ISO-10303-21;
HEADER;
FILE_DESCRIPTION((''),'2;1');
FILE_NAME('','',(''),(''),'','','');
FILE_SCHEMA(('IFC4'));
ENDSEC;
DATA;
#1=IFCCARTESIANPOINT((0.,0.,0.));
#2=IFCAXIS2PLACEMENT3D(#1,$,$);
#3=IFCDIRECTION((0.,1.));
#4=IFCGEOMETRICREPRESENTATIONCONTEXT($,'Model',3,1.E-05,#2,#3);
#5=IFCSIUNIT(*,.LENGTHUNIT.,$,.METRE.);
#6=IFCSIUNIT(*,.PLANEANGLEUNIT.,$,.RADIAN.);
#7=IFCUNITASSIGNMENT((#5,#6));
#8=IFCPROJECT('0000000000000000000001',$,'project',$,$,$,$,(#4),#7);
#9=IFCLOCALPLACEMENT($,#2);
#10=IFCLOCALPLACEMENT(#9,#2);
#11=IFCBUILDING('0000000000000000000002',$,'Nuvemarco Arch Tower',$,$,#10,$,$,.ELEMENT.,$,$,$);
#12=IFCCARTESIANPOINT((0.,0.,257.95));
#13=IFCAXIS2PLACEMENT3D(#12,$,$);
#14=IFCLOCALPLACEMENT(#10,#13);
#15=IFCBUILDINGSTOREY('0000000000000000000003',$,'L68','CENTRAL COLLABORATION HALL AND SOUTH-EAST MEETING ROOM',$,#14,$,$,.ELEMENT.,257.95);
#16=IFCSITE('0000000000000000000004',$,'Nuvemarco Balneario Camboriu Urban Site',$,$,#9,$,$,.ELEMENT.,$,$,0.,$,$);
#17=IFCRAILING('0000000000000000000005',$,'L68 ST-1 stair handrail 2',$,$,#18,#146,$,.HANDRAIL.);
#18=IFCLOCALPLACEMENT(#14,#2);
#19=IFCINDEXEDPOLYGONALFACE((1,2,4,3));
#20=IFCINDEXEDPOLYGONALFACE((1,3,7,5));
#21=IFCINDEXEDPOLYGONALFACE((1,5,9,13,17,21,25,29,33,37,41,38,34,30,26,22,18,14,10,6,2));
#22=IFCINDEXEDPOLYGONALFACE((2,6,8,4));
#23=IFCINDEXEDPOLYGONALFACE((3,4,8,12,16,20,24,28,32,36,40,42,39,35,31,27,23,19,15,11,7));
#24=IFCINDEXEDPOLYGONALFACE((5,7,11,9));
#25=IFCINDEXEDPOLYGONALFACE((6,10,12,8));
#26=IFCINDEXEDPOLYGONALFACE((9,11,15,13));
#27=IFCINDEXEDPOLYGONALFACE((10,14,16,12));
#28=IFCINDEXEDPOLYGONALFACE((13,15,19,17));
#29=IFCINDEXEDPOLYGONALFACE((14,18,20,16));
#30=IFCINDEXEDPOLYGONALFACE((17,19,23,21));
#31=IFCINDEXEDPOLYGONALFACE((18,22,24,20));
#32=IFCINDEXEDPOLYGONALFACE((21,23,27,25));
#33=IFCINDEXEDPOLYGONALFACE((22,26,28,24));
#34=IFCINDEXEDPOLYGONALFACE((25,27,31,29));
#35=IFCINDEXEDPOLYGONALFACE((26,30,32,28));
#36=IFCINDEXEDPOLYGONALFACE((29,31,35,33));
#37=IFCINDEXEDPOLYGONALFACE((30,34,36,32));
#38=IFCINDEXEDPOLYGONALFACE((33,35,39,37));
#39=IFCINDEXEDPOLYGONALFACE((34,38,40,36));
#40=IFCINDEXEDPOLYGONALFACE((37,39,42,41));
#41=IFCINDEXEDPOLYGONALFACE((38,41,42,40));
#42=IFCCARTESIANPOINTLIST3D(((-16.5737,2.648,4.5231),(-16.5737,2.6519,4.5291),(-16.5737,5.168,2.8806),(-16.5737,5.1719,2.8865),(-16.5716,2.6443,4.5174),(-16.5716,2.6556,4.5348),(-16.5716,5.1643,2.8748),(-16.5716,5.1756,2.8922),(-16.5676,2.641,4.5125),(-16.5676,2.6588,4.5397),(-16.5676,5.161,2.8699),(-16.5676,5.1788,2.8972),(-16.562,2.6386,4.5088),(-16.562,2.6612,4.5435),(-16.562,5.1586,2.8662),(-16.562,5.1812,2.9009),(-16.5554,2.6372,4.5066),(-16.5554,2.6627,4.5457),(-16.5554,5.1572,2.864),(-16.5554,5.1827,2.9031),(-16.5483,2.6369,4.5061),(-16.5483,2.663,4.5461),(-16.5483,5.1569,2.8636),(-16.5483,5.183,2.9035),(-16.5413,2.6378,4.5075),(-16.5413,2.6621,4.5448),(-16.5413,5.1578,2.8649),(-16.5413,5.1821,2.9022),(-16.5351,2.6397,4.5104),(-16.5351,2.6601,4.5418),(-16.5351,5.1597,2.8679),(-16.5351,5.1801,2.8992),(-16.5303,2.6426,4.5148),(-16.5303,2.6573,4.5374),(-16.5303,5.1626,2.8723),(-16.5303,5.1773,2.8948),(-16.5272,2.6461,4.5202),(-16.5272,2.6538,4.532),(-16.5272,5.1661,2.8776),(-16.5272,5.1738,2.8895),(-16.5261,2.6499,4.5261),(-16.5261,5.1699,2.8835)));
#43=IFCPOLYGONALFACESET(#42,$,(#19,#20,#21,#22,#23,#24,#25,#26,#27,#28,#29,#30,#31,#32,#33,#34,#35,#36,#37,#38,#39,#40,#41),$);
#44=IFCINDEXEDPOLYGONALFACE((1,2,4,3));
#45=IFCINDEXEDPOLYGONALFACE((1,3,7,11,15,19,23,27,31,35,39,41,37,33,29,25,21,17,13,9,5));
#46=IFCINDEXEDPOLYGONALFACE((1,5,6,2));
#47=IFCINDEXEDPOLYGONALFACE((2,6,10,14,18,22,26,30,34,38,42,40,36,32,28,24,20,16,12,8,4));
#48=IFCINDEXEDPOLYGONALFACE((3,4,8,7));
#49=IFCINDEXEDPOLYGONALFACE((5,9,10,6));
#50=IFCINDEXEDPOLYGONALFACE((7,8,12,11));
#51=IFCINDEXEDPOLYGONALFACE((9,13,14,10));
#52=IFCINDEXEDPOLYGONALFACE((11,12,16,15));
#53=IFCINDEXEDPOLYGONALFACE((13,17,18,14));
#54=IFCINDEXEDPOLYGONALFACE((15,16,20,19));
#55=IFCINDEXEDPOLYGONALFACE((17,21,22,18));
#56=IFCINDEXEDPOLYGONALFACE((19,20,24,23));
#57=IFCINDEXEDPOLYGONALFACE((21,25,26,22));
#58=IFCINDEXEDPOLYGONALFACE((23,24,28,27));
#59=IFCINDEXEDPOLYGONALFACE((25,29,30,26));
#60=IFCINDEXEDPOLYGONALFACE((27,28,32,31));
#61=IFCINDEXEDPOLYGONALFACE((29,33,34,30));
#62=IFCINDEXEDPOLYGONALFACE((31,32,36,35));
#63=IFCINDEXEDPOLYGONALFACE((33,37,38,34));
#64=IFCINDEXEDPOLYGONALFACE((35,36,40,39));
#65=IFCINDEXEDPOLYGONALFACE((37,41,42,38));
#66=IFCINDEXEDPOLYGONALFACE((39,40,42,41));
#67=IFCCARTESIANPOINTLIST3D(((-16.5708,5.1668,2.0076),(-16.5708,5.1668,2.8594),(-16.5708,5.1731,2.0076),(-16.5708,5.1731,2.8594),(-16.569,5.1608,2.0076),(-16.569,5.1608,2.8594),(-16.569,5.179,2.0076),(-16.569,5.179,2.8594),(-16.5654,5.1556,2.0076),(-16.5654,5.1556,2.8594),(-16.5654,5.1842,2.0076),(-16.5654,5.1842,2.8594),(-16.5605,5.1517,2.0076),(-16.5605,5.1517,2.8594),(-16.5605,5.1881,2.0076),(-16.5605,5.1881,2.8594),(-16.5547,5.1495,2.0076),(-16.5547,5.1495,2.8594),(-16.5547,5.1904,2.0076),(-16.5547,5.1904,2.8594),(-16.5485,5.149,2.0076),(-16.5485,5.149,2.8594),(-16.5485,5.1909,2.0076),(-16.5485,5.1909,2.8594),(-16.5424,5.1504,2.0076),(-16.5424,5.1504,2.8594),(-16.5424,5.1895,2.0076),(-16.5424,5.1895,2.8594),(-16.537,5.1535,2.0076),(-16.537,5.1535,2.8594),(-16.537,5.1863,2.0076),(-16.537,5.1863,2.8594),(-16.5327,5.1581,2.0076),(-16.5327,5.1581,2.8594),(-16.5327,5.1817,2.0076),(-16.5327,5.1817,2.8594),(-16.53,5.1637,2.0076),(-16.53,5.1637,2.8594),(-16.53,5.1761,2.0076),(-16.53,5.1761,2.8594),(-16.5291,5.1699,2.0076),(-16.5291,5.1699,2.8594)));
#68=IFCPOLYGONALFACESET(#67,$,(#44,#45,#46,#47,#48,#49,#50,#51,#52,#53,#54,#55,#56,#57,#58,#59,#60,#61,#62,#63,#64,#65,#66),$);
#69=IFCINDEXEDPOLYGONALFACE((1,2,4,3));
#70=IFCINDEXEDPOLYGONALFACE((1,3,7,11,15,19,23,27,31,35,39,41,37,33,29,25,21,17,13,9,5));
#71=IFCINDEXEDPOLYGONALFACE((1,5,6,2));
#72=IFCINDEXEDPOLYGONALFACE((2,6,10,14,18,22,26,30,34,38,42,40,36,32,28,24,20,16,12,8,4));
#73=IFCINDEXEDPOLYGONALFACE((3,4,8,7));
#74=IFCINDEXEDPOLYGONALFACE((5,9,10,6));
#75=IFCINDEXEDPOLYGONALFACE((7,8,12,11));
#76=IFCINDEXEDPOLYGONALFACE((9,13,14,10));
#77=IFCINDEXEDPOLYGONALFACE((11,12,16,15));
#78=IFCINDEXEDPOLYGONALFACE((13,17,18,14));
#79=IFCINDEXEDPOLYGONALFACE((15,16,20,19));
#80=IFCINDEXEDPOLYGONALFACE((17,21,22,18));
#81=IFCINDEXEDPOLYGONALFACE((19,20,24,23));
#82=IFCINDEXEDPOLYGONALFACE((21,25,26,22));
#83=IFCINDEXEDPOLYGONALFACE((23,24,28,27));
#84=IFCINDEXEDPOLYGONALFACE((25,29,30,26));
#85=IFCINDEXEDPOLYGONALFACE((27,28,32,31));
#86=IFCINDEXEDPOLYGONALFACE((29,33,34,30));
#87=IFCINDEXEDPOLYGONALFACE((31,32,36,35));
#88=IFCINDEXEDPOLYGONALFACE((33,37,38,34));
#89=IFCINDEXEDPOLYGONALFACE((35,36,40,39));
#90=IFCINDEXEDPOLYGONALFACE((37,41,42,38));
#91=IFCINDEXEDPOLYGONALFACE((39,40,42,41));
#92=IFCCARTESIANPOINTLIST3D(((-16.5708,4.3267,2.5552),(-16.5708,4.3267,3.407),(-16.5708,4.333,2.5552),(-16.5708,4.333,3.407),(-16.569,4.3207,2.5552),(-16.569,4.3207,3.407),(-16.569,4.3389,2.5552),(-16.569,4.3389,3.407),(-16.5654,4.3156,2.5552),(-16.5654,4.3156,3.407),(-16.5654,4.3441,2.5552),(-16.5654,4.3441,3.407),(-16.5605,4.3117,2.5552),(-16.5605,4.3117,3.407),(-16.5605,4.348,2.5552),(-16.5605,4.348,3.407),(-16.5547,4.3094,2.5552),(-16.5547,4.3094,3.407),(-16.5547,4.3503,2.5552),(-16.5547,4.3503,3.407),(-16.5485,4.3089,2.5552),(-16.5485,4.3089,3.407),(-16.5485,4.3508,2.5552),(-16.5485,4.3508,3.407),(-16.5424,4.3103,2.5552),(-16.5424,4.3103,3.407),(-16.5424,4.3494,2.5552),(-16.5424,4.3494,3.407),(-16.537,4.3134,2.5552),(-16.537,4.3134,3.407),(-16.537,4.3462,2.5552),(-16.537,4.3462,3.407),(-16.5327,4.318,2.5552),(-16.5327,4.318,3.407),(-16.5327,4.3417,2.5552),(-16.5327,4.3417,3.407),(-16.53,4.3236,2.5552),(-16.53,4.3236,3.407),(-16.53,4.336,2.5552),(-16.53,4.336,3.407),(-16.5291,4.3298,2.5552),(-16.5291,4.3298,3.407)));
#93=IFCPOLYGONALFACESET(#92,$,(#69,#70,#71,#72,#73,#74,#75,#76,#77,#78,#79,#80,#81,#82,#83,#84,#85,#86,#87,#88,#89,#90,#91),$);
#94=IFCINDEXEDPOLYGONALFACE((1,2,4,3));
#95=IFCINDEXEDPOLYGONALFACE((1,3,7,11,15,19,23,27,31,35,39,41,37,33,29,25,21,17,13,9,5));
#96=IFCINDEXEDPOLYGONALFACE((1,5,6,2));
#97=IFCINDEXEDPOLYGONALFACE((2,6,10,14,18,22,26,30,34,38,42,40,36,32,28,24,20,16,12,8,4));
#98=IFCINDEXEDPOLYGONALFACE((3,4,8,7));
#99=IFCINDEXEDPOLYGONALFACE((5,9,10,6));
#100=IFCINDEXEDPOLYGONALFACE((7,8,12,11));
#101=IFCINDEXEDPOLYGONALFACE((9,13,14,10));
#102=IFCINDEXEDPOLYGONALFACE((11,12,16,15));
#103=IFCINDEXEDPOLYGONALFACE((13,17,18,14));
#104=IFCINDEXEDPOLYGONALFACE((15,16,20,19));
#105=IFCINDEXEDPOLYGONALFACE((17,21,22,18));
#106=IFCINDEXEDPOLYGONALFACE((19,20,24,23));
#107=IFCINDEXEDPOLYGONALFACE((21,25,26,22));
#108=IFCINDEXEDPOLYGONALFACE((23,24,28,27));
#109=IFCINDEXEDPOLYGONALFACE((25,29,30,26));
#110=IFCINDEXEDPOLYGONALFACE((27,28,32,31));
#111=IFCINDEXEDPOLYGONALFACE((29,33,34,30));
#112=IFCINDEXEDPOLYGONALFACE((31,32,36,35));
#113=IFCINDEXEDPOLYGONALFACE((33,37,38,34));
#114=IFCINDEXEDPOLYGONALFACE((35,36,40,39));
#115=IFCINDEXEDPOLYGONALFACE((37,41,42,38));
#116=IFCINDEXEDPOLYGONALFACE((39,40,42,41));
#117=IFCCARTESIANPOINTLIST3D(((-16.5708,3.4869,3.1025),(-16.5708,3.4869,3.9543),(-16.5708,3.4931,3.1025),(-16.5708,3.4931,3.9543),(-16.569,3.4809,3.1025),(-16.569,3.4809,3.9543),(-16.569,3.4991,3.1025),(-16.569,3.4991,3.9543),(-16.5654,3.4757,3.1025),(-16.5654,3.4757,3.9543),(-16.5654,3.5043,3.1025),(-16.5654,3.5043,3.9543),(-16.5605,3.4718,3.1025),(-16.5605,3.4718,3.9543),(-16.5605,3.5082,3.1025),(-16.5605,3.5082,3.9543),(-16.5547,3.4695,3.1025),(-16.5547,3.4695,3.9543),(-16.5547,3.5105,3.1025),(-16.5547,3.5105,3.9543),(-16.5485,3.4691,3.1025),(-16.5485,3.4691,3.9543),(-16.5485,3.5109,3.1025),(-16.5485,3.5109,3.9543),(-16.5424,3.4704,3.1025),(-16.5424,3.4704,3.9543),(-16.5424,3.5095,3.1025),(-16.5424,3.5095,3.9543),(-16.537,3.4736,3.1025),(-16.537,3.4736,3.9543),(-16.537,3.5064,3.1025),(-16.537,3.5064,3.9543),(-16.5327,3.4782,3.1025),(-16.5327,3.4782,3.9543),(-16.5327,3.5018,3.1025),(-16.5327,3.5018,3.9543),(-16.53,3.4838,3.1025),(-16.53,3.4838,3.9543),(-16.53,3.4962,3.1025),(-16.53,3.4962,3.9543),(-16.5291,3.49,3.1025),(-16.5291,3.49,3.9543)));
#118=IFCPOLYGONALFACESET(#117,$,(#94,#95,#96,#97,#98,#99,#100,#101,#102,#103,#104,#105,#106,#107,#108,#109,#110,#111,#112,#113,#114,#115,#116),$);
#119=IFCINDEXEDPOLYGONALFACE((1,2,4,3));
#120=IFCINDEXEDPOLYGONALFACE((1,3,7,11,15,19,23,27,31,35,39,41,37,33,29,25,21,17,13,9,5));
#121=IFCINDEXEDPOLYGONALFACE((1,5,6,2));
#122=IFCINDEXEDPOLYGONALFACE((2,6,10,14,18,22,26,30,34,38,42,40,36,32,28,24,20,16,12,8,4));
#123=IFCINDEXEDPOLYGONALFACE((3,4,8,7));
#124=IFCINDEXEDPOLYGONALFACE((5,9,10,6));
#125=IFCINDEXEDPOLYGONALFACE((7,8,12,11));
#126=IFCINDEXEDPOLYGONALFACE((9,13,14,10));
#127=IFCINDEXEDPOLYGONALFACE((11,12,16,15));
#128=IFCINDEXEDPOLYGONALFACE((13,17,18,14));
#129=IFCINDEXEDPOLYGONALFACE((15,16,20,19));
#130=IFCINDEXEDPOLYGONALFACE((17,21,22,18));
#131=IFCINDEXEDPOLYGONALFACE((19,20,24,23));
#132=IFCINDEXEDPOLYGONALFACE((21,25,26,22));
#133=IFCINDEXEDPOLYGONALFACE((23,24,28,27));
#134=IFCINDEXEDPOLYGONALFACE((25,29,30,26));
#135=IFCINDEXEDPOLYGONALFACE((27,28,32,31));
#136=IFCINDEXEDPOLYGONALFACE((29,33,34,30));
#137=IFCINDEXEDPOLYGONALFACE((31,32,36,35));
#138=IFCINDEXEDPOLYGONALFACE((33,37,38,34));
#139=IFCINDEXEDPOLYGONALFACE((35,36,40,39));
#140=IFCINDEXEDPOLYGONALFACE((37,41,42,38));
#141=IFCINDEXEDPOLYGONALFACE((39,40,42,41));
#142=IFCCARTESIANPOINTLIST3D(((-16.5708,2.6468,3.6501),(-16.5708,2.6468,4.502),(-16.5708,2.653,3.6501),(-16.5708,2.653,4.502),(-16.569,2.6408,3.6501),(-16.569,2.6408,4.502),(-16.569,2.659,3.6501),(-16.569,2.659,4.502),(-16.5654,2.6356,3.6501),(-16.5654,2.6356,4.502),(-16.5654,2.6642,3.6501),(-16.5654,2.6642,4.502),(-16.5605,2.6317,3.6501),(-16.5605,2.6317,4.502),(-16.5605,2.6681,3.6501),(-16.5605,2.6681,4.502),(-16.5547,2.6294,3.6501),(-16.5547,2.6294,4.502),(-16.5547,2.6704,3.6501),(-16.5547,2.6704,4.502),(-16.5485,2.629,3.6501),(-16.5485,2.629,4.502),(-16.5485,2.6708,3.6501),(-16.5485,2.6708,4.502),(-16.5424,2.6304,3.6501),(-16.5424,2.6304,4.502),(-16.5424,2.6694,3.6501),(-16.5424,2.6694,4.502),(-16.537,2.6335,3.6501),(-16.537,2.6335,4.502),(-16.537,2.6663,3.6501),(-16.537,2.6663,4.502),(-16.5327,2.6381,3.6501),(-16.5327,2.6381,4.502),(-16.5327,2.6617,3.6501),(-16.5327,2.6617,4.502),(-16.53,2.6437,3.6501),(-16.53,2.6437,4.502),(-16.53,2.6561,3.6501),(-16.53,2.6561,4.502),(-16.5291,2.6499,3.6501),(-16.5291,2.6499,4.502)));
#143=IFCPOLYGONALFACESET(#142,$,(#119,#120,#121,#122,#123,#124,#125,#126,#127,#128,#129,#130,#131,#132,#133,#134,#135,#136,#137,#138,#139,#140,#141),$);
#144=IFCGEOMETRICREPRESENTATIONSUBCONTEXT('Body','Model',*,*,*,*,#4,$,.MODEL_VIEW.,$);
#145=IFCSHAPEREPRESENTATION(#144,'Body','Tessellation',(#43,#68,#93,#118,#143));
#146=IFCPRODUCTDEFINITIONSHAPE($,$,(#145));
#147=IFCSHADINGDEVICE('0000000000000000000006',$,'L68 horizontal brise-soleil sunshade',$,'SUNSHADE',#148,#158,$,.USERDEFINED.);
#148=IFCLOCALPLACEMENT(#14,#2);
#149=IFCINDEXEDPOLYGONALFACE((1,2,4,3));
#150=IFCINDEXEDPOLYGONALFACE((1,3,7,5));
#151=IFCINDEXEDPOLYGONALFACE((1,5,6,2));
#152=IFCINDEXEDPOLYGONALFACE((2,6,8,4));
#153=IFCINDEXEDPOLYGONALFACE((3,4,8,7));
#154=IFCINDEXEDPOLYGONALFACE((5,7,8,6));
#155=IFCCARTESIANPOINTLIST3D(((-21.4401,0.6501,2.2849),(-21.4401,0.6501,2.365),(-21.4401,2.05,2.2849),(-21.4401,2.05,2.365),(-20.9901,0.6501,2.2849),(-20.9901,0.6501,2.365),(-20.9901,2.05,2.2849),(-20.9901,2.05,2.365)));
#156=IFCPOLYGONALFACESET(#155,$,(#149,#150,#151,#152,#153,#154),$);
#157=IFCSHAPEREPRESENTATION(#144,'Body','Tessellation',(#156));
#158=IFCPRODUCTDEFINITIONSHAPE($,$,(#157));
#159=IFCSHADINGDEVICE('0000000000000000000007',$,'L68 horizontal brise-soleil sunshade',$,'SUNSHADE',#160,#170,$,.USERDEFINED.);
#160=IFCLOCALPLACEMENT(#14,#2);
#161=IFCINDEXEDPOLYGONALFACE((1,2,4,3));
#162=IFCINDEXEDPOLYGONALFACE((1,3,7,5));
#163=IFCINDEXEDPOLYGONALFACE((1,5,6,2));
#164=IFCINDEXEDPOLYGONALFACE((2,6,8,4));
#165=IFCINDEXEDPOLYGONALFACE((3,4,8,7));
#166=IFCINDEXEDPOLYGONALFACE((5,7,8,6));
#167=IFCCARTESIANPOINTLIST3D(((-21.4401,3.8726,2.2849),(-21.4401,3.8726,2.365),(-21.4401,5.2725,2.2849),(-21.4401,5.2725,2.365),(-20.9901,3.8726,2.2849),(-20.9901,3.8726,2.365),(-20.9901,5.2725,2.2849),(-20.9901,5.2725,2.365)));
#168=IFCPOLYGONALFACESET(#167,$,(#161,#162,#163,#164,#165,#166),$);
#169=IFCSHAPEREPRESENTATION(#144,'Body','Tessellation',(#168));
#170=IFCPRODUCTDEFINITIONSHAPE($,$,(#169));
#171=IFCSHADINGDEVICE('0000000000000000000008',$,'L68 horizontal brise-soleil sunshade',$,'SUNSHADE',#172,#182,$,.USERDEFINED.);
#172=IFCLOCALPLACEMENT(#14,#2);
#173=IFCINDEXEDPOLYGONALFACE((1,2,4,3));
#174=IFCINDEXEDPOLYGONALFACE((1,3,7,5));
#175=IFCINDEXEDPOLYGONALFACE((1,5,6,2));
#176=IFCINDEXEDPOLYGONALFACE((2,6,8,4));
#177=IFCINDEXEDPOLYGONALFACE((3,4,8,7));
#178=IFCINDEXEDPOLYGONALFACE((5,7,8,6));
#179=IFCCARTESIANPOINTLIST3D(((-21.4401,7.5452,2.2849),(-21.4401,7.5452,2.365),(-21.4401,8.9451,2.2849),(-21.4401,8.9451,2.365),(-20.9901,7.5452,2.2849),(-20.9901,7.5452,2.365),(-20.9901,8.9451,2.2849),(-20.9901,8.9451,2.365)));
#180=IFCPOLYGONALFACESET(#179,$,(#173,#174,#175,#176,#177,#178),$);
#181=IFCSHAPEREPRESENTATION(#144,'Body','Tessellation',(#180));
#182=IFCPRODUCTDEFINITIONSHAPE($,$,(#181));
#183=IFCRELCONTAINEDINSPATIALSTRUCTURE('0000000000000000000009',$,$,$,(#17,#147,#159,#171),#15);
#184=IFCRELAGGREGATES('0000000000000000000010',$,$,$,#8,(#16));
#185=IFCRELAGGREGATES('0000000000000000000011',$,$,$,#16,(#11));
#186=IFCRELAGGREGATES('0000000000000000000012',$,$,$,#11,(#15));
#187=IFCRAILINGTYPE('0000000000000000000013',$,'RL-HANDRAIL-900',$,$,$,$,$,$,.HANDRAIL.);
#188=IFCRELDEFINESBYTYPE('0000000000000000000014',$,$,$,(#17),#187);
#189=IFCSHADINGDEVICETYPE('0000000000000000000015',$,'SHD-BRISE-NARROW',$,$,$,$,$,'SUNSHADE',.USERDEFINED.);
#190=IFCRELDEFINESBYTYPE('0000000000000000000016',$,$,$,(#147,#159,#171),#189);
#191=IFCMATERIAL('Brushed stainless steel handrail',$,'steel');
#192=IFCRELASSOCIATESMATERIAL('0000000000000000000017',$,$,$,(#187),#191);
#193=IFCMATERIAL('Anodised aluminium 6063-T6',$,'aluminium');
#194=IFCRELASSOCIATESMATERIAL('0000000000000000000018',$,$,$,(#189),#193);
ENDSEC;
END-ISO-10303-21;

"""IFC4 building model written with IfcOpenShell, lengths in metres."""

from ifc_helpers import new_model, si_unit, direction, frame, origin, origin_2d, place, context, subcontext, project, spatial, rectangle, circle, extrude, source, transform, mapped, material, type_object, type_shapes, element, save


model = new_model("IFC4")

# Units and contexts
model_context = context("Model", 3, precision=1e-05, world=origin(), true_north=direction((0.0, 1.0)))
body_context = subcontext(model_context, "Body", "Model", "MODEL_VIEW")
ifc_project = project(units=[si_unit("LENGTHUNIT", "METRE"), si_unit("PLANEANGLEUNIT", "RADIAN")], contexts=[model_context])

# Site, building, storey
site_placement = place(None, origin())
site = spatial("IfcSite", under=ifc_project, at=site_placement, Name="Nuvemarco Balneario Camboriu Urban Site", CompositionType="ELEMENT", RefElevation=0.0)
building_placement = place(site_placement, origin())
building = spatial("IfcBuilding", under=site, at=building_placement, Name="Nuvemarco Arch Tower", CompositionType="ELEMENT")
storey_placement = place(building_placement, frame((0.0, 0.0, 257.95)))
storey = spatial("IfcBuildingStorey", under=building, at=storey_placement, Name="L68", Description="CENTRAL COLLABORATION HALL AND SOUTH-EAST MEETING ROOM", CompositionType="ELEMENT", Elevation=257.95)

# Railing
ifc_material_1 = material(Name="Brushed stainless steel handrail", Category="steel")
railing_type = type_object("IfcRailingType", Name="RL-HANDRAIL-900", PredefinedType="HANDRAIL", material=ifc_material_1)
railing_placement = place(storey_placement, frame((-16.55, 5.1699, 2.0076)))
element("IfcRailing", 1, at=railing_placement, inside=storey, type_object=railing_type, Name="L68 ST-1 stair handrail 2", PredefinedType="HANDRAIL", context=body_context, shape_type="SweptSolid", body=[
    extrude(circle(Radius=0.0239, at=origin_2d()), frame((0.0, 0.0, 0.876), z_axis=(0.0, -0.837749, 0.546055), x_axis=(1.0, 0.0, 0.0)), (0.0, 0.0, 1.0), 3.0081),
    extrude(circle(Radius=0.021, at=origin_2d()), origin(), (0.0, 0.0, 1.0), 0.8518),
    extrude(circle(Radius=0.021, at=origin_2d()), frame((0.0, -0.8401, 0.5476)), (0.0, 0.0, 1.0), 0.8518),
    extrude(circle(Radius=0.021, at=origin_2d()), frame((0.0, -1.6799, 1.095)), (0.0, 0.0, 1.0), 0.8518),
    extrude(circle(Radius=0.021, at=origin_2d()), frame((0.0, -2.52, 1.6426)), (0.0, 0.0, 1.0), 0.8518),
])

# Shading devices
ifc_material_2 = material(Name="Anodised aluminium 6063-T6", Category="aluminium")
shading_device_type = type_object("IfcShadingDeviceType", Name="SHD-BRISE-NARROW", ElementType="SUNSHADE", PredefinedType="USERDEFINED", material=ifc_material_2)
shared_shape = source(origin(), body_context, "Body", "SweptSolid", [
    extrude(rectangle(XDim=1.3999, YDim=0.45, at=origin_2d()), origin(), (0.0, 0.0, 1.0), 0.0801),
])
type_shapes(shading_device_type, [shared_shape])
for number, where, z_axis, x_axis, name in (
    (2, (-21.2151, 1.3501, 2.2849), (0.0, 0.0, 1.0), (0.0, 1.0, 0.0), "L68 horizontal brise-soleil sunshade"),
    (3, (-21.2151, 4.5725, 2.2849), (0.0, 0.0, 1.0), (0.0, 1.0, 0.0), "L68 horizontal brise-soleil sunshade"),
    (4, (-21.2151, 8.2451, 2.2849), (0.0, 0.0, 1.0), (0.0, 1.0, 0.0), "L68 horizontal brise-soleil sunshade"),
):
    element("IfcShadingDevice", number, at=place(storey_placement, frame(where, z_axis=z_axis, x_axis=x_axis)), inside=storey, type_object=shading_device_type, Name=name, ObjectType="SUNSHADE", PredefinedType="USERDEFINED", context=body_context, shape_type="MappedRepresentation", body=[
        mapped(shared_shape, transform((0.0, 0.0, 0.0), scale=1.0)),
    ])

save(model, "model.ifc")
